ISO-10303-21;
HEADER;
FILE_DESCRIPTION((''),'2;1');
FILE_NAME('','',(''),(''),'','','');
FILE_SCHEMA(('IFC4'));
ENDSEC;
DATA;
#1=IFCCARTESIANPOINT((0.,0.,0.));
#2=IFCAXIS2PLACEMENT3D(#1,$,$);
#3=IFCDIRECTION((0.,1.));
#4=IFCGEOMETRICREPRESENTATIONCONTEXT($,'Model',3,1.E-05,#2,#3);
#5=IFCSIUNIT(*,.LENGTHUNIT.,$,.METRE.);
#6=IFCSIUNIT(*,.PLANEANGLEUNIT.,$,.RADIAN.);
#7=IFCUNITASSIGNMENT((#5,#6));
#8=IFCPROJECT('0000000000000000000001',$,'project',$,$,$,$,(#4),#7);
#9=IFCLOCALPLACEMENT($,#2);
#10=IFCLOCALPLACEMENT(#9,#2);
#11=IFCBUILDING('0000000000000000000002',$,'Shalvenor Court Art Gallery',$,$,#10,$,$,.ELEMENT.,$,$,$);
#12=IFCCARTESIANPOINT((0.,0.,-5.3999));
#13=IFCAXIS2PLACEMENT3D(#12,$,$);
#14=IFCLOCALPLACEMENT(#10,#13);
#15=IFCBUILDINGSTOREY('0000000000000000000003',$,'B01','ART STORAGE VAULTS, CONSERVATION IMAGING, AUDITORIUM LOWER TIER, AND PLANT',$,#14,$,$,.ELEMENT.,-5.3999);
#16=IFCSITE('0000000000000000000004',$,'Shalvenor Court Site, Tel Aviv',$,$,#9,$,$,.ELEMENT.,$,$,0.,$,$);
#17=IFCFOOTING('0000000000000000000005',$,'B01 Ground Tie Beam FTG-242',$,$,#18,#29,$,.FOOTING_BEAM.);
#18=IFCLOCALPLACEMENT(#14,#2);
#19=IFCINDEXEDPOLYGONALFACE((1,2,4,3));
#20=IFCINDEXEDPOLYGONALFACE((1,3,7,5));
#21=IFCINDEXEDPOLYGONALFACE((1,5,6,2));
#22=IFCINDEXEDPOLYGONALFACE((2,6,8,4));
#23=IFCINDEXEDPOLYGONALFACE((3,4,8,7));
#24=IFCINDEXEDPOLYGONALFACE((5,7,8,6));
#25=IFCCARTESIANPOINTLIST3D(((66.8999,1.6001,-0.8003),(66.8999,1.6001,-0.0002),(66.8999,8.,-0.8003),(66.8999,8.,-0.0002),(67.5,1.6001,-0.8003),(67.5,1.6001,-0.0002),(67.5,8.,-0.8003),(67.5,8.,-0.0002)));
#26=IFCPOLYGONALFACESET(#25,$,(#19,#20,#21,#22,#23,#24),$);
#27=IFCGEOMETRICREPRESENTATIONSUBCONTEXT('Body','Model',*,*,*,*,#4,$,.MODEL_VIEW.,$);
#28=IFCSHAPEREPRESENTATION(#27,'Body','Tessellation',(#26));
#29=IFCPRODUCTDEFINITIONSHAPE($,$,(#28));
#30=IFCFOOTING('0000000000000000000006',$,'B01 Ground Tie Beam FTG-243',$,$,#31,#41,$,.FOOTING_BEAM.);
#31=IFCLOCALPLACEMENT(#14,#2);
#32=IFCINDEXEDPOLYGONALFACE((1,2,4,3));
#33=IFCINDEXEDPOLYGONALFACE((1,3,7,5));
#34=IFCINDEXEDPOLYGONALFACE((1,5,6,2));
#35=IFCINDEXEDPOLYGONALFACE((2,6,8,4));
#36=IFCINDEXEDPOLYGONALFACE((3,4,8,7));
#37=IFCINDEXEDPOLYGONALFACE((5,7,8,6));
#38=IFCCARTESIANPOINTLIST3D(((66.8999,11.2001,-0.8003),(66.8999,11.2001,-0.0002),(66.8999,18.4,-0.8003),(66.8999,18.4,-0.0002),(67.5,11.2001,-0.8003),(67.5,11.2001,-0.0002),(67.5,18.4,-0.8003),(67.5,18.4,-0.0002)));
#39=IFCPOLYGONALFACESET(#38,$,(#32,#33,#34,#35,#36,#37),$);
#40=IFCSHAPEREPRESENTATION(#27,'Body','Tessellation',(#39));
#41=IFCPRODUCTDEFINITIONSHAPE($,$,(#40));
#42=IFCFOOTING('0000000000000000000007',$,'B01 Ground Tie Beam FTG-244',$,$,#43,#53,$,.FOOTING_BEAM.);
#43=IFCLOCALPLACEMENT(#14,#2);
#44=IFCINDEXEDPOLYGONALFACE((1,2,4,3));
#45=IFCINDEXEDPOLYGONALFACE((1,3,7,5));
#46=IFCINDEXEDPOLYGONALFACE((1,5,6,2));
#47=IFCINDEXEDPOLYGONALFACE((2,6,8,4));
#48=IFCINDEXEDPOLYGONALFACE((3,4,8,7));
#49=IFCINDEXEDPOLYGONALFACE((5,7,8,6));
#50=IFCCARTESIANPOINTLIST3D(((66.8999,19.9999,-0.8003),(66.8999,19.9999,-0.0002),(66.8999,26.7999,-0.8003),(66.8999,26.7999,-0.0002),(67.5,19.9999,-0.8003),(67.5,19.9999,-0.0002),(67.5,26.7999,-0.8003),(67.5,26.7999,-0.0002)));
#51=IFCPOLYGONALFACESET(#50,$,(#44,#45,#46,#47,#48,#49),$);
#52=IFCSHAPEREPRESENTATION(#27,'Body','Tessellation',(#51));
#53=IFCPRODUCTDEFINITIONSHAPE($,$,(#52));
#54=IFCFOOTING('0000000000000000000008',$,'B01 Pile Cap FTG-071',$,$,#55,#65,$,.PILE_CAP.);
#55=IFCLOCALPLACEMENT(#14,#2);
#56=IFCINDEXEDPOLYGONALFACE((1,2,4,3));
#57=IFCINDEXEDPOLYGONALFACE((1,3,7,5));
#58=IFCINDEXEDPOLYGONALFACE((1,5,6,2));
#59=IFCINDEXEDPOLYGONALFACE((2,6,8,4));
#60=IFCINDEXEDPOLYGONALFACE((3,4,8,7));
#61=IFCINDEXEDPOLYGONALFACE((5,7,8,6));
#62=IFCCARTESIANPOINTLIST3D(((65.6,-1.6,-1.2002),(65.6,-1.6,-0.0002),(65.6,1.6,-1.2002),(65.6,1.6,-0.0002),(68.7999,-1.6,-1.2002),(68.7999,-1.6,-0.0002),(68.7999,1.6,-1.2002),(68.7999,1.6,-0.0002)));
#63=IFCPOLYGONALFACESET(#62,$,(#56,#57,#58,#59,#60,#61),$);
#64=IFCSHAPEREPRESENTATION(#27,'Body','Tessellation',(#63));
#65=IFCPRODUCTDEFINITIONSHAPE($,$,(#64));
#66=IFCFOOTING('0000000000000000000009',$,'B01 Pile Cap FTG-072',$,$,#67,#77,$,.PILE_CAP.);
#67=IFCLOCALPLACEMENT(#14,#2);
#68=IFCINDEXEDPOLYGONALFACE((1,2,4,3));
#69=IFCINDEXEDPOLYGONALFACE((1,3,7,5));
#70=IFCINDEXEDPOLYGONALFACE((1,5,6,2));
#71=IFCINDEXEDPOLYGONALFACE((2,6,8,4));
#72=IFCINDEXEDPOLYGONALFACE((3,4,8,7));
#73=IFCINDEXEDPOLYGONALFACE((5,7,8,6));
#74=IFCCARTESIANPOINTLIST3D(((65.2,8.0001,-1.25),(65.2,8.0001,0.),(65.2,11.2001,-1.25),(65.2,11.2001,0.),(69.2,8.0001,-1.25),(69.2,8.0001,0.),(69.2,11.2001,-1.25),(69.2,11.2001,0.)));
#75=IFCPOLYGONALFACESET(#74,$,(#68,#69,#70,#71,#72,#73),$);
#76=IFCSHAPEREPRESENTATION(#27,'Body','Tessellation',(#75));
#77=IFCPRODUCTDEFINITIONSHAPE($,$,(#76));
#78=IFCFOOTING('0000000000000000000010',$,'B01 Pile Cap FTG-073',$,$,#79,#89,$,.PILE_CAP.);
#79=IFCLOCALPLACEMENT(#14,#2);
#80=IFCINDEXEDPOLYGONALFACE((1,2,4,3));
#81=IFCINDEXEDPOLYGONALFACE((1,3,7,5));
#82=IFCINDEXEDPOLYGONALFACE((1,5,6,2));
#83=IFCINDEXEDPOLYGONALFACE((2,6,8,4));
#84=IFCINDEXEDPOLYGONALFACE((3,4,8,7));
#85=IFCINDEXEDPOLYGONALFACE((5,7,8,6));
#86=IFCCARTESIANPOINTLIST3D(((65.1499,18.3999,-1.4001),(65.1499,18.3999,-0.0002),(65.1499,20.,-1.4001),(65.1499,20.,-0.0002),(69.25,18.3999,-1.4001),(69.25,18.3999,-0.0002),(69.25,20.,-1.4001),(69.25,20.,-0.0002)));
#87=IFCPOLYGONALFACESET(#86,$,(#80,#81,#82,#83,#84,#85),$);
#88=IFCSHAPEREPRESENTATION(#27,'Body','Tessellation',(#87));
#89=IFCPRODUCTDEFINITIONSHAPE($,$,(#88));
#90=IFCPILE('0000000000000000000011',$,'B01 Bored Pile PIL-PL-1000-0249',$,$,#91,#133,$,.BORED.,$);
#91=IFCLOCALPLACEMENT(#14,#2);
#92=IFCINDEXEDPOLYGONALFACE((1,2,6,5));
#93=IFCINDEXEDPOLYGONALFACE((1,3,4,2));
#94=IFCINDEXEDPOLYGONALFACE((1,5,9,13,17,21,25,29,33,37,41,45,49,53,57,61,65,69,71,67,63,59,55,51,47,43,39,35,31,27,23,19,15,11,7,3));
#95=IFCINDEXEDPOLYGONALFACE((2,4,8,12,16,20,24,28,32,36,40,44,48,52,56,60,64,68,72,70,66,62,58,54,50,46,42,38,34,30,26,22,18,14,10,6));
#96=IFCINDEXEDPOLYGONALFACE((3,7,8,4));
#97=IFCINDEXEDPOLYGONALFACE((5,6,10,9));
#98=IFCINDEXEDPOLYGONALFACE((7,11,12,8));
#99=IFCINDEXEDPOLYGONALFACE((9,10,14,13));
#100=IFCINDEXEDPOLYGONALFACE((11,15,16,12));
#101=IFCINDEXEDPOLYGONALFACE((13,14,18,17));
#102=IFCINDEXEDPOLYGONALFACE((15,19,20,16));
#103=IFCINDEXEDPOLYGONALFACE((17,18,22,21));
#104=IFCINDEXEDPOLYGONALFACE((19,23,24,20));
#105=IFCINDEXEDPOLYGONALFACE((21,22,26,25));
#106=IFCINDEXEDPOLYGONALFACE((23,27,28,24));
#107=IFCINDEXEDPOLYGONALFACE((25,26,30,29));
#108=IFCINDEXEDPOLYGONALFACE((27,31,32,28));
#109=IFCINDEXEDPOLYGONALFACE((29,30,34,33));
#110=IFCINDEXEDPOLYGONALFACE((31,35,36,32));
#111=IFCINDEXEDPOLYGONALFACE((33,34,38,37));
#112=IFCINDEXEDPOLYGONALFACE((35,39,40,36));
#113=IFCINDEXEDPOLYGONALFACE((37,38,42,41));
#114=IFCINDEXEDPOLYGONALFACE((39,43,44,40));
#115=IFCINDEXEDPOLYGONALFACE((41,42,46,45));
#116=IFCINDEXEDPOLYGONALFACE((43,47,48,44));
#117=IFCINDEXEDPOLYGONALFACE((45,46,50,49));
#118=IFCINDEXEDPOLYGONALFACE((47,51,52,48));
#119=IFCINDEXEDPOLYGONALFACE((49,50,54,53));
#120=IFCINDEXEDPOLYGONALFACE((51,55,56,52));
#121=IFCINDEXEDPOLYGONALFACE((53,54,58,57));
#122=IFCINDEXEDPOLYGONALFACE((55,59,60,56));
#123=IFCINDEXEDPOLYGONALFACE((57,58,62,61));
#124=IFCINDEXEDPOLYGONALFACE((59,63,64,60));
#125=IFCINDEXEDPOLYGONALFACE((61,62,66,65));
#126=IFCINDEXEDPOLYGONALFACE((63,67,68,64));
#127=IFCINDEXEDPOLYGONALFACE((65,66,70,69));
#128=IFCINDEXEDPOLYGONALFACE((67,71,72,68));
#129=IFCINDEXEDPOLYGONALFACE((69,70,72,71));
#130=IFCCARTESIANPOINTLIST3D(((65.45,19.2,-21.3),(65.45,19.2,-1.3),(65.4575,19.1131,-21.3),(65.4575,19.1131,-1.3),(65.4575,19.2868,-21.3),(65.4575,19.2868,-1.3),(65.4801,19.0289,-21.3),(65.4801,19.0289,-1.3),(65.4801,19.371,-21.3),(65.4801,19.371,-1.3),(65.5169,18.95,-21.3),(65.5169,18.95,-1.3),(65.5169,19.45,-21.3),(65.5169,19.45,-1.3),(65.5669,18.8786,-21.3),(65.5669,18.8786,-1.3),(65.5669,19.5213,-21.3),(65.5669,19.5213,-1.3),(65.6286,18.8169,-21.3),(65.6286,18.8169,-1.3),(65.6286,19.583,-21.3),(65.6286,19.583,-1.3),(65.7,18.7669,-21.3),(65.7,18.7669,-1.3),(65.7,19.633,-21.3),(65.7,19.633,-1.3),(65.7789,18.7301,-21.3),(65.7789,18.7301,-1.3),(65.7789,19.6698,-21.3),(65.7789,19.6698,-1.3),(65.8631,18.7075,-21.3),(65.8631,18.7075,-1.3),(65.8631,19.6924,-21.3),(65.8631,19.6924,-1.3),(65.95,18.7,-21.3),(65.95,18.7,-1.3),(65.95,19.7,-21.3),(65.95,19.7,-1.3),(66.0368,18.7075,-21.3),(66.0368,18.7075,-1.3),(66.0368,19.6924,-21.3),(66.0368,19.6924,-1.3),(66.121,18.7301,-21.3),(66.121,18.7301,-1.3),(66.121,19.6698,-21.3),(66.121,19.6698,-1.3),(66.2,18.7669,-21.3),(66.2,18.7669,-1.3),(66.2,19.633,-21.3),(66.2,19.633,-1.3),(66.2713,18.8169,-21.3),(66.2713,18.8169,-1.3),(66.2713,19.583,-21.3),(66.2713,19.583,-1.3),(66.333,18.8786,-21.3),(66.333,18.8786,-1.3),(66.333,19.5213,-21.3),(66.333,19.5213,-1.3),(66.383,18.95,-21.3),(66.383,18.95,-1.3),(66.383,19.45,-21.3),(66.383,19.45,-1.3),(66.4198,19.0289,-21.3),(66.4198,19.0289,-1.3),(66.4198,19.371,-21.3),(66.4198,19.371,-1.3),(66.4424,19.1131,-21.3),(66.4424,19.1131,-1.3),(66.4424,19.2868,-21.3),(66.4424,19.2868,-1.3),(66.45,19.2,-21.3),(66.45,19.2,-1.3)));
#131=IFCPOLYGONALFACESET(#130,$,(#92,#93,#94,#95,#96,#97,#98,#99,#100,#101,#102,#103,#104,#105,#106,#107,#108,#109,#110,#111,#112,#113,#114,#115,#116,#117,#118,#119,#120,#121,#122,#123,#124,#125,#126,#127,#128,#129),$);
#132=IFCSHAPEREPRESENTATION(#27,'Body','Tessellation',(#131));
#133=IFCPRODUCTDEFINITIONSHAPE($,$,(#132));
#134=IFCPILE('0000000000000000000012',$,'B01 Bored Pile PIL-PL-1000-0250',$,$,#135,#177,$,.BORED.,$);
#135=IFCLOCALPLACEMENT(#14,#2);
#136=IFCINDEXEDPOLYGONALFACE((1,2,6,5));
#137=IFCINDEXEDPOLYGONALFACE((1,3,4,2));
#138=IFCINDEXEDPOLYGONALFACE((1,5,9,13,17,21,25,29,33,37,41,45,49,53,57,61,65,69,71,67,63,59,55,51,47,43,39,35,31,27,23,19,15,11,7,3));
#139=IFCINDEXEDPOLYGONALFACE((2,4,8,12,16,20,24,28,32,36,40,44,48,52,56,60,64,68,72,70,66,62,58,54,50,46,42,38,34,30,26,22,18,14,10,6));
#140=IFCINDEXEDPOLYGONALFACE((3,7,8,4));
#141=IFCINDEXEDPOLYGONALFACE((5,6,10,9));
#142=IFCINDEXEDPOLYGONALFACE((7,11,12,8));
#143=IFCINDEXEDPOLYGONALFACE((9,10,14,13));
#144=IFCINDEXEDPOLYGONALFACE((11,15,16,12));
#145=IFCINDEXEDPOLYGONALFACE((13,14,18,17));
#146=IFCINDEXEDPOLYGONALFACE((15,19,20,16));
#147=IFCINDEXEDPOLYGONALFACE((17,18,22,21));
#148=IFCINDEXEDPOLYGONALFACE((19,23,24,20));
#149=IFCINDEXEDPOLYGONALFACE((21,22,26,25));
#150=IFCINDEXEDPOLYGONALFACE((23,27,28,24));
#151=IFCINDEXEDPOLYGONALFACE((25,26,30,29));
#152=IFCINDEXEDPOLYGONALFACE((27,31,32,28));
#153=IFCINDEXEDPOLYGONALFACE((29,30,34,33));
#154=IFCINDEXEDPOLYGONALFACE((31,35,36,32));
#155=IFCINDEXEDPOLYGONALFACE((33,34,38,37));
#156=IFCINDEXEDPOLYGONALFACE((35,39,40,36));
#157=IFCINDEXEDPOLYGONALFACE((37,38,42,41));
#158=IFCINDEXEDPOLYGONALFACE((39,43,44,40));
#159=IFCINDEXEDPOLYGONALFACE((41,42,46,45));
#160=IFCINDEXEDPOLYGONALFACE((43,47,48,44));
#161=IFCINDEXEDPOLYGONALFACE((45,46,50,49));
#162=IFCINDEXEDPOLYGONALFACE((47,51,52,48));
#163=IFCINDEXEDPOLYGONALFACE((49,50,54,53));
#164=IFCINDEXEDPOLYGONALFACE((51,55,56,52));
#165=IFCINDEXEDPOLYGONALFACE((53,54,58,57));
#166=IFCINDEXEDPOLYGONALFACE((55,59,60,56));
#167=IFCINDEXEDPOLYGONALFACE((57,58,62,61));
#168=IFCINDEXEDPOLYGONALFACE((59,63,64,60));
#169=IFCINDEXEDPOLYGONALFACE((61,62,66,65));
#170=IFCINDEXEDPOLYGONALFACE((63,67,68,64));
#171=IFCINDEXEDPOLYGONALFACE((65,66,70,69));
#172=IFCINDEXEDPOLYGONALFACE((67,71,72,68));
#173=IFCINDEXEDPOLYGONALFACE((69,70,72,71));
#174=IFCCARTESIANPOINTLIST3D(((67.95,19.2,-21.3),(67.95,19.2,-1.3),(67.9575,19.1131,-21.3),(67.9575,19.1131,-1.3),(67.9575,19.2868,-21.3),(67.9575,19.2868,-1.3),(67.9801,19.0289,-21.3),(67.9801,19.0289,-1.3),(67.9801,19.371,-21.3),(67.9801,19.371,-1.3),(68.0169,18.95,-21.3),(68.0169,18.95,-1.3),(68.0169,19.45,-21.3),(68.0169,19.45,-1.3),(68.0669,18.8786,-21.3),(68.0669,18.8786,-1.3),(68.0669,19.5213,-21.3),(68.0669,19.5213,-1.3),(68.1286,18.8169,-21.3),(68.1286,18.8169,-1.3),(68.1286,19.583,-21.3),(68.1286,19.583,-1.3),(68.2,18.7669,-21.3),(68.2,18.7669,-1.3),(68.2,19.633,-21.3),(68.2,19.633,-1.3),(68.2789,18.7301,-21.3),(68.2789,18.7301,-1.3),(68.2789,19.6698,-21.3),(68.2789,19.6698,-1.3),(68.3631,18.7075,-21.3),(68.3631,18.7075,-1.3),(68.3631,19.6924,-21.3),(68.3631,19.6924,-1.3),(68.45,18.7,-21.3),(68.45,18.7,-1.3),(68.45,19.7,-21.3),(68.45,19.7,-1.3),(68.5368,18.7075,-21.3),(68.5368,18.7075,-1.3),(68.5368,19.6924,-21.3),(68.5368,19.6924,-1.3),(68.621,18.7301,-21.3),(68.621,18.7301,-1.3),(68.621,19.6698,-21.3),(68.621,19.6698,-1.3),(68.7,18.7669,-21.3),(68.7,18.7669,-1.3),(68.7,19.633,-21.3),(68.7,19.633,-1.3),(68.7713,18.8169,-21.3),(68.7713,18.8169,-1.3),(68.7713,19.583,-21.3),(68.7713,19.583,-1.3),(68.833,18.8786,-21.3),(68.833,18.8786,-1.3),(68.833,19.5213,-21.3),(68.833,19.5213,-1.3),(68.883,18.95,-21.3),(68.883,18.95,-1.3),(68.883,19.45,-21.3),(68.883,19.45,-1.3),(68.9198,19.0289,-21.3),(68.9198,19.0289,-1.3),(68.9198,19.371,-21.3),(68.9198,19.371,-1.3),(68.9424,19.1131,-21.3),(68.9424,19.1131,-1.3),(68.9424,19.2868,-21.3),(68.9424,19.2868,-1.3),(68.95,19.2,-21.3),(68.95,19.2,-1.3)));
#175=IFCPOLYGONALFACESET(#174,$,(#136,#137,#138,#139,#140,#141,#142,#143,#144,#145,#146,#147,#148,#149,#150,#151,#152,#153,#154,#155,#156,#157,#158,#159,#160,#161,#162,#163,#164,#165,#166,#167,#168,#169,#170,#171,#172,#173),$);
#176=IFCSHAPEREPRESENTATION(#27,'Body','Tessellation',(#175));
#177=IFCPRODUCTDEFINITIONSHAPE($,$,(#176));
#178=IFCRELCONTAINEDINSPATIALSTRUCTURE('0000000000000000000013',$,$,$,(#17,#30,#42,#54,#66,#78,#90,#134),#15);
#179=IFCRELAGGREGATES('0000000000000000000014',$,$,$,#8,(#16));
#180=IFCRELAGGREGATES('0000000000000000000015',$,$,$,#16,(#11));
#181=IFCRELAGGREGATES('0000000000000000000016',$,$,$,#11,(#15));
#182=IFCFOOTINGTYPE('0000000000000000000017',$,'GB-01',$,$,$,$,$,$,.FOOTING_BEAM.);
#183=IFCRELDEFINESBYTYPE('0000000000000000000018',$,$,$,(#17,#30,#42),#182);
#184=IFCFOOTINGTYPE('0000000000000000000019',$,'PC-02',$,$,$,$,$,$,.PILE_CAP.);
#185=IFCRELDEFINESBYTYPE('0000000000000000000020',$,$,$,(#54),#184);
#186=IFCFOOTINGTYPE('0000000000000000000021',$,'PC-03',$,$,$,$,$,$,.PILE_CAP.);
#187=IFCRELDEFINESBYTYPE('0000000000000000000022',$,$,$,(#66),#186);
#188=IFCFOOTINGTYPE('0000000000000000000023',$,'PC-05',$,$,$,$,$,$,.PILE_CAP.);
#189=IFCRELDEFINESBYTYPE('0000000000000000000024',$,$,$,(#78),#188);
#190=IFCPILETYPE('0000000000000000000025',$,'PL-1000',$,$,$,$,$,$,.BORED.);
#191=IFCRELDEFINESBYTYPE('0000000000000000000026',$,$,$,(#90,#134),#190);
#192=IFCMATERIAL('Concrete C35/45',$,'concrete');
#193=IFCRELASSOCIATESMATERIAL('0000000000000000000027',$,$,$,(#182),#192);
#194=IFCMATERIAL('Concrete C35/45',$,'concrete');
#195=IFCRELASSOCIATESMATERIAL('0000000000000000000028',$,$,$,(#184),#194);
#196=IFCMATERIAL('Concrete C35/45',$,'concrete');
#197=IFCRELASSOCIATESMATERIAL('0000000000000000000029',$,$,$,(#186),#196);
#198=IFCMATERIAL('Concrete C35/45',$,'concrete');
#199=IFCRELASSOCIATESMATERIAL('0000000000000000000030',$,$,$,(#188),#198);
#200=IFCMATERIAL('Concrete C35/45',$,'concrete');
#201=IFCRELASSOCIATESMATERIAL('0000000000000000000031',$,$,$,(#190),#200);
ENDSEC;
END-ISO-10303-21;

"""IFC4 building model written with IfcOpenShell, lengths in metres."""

from ifc_helpers import new_model, si_unit, direction, frame, origin, origin_2d, place, context, subcontext, project, spatial, rectangle, circle, extrude, material, material_profile, profile_set, type_object, element, save


model = new_model("IFC4")

# Units and contexts
model_context = context("Model", 3, precision=1e-05, world=origin(), true_north=direction((0.0, 1.0)))
body_context = subcontext(model_context, "Body", "Model", "MODEL_VIEW")
ifc_project = project(units=[si_unit("LENGTHUNIT", "METRE"), si_unit("PLANEANGLEUNIT", "RADIAN")], contexts=[model_context])

# Site, building, storey
site_placement = place(None, origin())
site = spatial("IfcSite", under=ifc_project, at=site_placement, Name="Shalvenor Court Site, Tel Aviv", CompositionType="ELEMENT", RefElevation=0.0)
building_placement = place(site_placement, origin())
building = spatial("IfcBuilding", under=site, at=building_placement, Name="Shalvenor Court Art Gallery", CompositionType="ELEMENT")
storey_placement = place(building_placement, frame((0.0, 0.0, -5.3999)))
storey = spatial("IfcBuildingStorey", under=building, at=storey_placement, Name="B01", Description="ART STORAGE VAULTS, CONSERVATION IMAGING, AUDITORIUM LOWER TIER, AND PLANT", CompositionType="ELEMENT", Elevation=-5.3999)

# Footings
ifc_material_1 = material(Name="Concrete C35/45", Category="concrete")
footing_type_1 = type_object("IfcFootingType", Name="GB-01", PredefinedType="FOOTING_BEAM", material=ifc_material_1)
footing_1_placement = place(storey_placement, frame((67.2, 4.8, -0.8003), z_axis=(0.0, 0.0, 1.0), x_axis=(0.0, 1.0, 0.0)))
element("IfcFooting", 1, at=footing_1_placement, inside=storey, type_object=footing_type_1, Name="B01 Ground Tie Beam FTG-242", PredefinedType="FOOTING_BEAM", context=body_context, shape_type="SweptSolid", body=[
    extrude(rectangle(XDim=6.3999, YDim=0.6001, at=origin_2d()), origin(), (0.0, 0.0, 1.0), 0.8),
])
footing_2_placement = place(storey_placement, frame((67.2, 14.8, -0.8003), z_axis=(0.0, 0.0, 1.0), x_axis=(0.0, 1.0, 0.0)))
element("IfcFooting", 2, at=footing_2_placement, inside=storey, type_object=footing_type_1, Name="B01 Ground Tie Beam FTG-243", PredefinedType="FOOTING_BEAM", context=body_context, shape_type="SweptSolid", body=[
    extrude(rectangle(XDim=7.2, YDim=0.6001, at=origin_2d()), origin(), (0.0, 0.0, 1.0), 0.8),
])
footing_3_placement = place(storey_placement, frame((67.2, 23.3999, -0.8003), z_axis=(0.0, 0.0, 1.0), x_axis=(0.0, 1.0, 0.0)))
element("IfcFooting", 3, at=footing_3_placement, inside=storey, type_object=footing_type_1, Name="B01 Ground Tie Beam FTG-244", PredefinedType="FOOTING_BEAM", context=body_context, shape_type="SweptSolid", body=[
    extrude(rectangle(XDim=6.8, YDim=0.6001, at=origin_2d()), origin(), (0.0, 0.0, 1.0), 0.8),
])
ifc_material_2 = material(Name="Concrete C35/45", Category="concrete")
footing_type_2 = type_object("IfcFootingType", Name="PC-02", PredefinedType="PILE_CAP", material=ifc_material_2)
footing_4_placement = place(storey_placement, frame((67.2, 0.0, -1.2002), z_axis=(0.0, 0.0, 1.0), x_axis=(1.0, 0.0, 0.0)))
element("IfcFooting", 4, at=footing_4_placement, inside=storey, type_object=footing_type_2, Name="B01 Pile Cap FTG-071", PredefinedType="PILE_CAP", context=body_context, shape_type="SweptSolid", body=[
    extrude(rectangle(XDim=3.2, YDim=3.2, at=origin_2d()), origin(), (0.0, 0.0, 1.0), 1.2),
])
ifc_material_3 = material(Name="Concrete C35/45", Category="concrete")
footing_type_3 = type_object("IfcFootingType", Name="PC-03", PredefinedType="PILE_CAP", material=ifc_material_3)
footing_5_placement = place(storey_placement, frame((67.2, 9.6001, -1.25), z_axis=(0.0, 0.0, 1.0), x_axis=(1.0, 0.0, 0.0)))
element("IfcFooting", 5, at=footing_5_placement, inside=storey, type_object=footing_type_3, Name="B01 Pile Cap FTG-072", PredefinedType="PILE_CAP", context=body_context, shape_type="SweptSolid", body=[
    extrude(rectangle(XDim=4.0, YDim=3.2, at=origin_2d()), origin(), (0.0, 0.0, 1.0), 1.25),
])
ifc_material_4 = material(Name="Concrete C35/45", Category="concrete")
footing_type_4 = type_object("IfcFootingType", Name="PC-05", PredefinedType="PILE_CAP", material=ifc_material_4)
footing_6_placement = place(storey_placement, frame((67.2, 19.2, -1.4001), z_axis=(0.0, 0.0, 1.0), x_axis=(1.0, 0.0, 0.0)))
element("IfcFooting", 6, at=footing_6_placement, inside=storey, type_object=footing_type_4, Name="B01 Pile Cap FTG-073", PredefinedType="PILE_CAP", context=body_context, shape_type="SweptSolid", body=[
    extrude(rectangle(XDim=4.1001, YDim=1.6001, at=origin_2d()), origin(), (0.0, 0.0, 1.0), 1.3999),
])

# Piles
ifc_material_5 = material(Name="Concrete C35/45", Category="concrete")
ifc_material_profile_1 = material_profile(ifc_material_5, circle(Radius=0.5, at=origin_2d()), Name="PILE 1000")
ifc_profile_set_1 = profile_set([ifc_material_profile_1], Name="Concrete C35/45")
pile_type_1 = type_object("IfcPileType", Name="PL-1000", PredefinedType="BORED", material=ifc_profile_set_1)
for number, where, z_axis, x_axis, name in (
    (7, (65.95, 19.2, -1.3), (0.0, 0.0, -1.0), (1.0, 0.0, 0.0), "B01 Bored Pile PIL-PL-1000-0249"),
    (8, (68.45, 19.2, -1.3), (0.0, 0.0, -1.0), (1.0, 0.0, 0.0), "B01 Bored Pile PIL-PL-1000-0250"),
):
    element("IfcPile", number, at=place(storey_placement, frame(where, z_axis=z_axis, x_axis=x_axis)), inside=storey, type_object=pile_type_1, Name=name, PredefinedType="BORED", context=body_context, shape_type="SweptSolid", body=[
        extrude(circle(Radius=0.5, at=origin_2d()), origin(), (0.0, 0.0, 1.0), 20.0),
    ])

save(model, "model.ifc")
